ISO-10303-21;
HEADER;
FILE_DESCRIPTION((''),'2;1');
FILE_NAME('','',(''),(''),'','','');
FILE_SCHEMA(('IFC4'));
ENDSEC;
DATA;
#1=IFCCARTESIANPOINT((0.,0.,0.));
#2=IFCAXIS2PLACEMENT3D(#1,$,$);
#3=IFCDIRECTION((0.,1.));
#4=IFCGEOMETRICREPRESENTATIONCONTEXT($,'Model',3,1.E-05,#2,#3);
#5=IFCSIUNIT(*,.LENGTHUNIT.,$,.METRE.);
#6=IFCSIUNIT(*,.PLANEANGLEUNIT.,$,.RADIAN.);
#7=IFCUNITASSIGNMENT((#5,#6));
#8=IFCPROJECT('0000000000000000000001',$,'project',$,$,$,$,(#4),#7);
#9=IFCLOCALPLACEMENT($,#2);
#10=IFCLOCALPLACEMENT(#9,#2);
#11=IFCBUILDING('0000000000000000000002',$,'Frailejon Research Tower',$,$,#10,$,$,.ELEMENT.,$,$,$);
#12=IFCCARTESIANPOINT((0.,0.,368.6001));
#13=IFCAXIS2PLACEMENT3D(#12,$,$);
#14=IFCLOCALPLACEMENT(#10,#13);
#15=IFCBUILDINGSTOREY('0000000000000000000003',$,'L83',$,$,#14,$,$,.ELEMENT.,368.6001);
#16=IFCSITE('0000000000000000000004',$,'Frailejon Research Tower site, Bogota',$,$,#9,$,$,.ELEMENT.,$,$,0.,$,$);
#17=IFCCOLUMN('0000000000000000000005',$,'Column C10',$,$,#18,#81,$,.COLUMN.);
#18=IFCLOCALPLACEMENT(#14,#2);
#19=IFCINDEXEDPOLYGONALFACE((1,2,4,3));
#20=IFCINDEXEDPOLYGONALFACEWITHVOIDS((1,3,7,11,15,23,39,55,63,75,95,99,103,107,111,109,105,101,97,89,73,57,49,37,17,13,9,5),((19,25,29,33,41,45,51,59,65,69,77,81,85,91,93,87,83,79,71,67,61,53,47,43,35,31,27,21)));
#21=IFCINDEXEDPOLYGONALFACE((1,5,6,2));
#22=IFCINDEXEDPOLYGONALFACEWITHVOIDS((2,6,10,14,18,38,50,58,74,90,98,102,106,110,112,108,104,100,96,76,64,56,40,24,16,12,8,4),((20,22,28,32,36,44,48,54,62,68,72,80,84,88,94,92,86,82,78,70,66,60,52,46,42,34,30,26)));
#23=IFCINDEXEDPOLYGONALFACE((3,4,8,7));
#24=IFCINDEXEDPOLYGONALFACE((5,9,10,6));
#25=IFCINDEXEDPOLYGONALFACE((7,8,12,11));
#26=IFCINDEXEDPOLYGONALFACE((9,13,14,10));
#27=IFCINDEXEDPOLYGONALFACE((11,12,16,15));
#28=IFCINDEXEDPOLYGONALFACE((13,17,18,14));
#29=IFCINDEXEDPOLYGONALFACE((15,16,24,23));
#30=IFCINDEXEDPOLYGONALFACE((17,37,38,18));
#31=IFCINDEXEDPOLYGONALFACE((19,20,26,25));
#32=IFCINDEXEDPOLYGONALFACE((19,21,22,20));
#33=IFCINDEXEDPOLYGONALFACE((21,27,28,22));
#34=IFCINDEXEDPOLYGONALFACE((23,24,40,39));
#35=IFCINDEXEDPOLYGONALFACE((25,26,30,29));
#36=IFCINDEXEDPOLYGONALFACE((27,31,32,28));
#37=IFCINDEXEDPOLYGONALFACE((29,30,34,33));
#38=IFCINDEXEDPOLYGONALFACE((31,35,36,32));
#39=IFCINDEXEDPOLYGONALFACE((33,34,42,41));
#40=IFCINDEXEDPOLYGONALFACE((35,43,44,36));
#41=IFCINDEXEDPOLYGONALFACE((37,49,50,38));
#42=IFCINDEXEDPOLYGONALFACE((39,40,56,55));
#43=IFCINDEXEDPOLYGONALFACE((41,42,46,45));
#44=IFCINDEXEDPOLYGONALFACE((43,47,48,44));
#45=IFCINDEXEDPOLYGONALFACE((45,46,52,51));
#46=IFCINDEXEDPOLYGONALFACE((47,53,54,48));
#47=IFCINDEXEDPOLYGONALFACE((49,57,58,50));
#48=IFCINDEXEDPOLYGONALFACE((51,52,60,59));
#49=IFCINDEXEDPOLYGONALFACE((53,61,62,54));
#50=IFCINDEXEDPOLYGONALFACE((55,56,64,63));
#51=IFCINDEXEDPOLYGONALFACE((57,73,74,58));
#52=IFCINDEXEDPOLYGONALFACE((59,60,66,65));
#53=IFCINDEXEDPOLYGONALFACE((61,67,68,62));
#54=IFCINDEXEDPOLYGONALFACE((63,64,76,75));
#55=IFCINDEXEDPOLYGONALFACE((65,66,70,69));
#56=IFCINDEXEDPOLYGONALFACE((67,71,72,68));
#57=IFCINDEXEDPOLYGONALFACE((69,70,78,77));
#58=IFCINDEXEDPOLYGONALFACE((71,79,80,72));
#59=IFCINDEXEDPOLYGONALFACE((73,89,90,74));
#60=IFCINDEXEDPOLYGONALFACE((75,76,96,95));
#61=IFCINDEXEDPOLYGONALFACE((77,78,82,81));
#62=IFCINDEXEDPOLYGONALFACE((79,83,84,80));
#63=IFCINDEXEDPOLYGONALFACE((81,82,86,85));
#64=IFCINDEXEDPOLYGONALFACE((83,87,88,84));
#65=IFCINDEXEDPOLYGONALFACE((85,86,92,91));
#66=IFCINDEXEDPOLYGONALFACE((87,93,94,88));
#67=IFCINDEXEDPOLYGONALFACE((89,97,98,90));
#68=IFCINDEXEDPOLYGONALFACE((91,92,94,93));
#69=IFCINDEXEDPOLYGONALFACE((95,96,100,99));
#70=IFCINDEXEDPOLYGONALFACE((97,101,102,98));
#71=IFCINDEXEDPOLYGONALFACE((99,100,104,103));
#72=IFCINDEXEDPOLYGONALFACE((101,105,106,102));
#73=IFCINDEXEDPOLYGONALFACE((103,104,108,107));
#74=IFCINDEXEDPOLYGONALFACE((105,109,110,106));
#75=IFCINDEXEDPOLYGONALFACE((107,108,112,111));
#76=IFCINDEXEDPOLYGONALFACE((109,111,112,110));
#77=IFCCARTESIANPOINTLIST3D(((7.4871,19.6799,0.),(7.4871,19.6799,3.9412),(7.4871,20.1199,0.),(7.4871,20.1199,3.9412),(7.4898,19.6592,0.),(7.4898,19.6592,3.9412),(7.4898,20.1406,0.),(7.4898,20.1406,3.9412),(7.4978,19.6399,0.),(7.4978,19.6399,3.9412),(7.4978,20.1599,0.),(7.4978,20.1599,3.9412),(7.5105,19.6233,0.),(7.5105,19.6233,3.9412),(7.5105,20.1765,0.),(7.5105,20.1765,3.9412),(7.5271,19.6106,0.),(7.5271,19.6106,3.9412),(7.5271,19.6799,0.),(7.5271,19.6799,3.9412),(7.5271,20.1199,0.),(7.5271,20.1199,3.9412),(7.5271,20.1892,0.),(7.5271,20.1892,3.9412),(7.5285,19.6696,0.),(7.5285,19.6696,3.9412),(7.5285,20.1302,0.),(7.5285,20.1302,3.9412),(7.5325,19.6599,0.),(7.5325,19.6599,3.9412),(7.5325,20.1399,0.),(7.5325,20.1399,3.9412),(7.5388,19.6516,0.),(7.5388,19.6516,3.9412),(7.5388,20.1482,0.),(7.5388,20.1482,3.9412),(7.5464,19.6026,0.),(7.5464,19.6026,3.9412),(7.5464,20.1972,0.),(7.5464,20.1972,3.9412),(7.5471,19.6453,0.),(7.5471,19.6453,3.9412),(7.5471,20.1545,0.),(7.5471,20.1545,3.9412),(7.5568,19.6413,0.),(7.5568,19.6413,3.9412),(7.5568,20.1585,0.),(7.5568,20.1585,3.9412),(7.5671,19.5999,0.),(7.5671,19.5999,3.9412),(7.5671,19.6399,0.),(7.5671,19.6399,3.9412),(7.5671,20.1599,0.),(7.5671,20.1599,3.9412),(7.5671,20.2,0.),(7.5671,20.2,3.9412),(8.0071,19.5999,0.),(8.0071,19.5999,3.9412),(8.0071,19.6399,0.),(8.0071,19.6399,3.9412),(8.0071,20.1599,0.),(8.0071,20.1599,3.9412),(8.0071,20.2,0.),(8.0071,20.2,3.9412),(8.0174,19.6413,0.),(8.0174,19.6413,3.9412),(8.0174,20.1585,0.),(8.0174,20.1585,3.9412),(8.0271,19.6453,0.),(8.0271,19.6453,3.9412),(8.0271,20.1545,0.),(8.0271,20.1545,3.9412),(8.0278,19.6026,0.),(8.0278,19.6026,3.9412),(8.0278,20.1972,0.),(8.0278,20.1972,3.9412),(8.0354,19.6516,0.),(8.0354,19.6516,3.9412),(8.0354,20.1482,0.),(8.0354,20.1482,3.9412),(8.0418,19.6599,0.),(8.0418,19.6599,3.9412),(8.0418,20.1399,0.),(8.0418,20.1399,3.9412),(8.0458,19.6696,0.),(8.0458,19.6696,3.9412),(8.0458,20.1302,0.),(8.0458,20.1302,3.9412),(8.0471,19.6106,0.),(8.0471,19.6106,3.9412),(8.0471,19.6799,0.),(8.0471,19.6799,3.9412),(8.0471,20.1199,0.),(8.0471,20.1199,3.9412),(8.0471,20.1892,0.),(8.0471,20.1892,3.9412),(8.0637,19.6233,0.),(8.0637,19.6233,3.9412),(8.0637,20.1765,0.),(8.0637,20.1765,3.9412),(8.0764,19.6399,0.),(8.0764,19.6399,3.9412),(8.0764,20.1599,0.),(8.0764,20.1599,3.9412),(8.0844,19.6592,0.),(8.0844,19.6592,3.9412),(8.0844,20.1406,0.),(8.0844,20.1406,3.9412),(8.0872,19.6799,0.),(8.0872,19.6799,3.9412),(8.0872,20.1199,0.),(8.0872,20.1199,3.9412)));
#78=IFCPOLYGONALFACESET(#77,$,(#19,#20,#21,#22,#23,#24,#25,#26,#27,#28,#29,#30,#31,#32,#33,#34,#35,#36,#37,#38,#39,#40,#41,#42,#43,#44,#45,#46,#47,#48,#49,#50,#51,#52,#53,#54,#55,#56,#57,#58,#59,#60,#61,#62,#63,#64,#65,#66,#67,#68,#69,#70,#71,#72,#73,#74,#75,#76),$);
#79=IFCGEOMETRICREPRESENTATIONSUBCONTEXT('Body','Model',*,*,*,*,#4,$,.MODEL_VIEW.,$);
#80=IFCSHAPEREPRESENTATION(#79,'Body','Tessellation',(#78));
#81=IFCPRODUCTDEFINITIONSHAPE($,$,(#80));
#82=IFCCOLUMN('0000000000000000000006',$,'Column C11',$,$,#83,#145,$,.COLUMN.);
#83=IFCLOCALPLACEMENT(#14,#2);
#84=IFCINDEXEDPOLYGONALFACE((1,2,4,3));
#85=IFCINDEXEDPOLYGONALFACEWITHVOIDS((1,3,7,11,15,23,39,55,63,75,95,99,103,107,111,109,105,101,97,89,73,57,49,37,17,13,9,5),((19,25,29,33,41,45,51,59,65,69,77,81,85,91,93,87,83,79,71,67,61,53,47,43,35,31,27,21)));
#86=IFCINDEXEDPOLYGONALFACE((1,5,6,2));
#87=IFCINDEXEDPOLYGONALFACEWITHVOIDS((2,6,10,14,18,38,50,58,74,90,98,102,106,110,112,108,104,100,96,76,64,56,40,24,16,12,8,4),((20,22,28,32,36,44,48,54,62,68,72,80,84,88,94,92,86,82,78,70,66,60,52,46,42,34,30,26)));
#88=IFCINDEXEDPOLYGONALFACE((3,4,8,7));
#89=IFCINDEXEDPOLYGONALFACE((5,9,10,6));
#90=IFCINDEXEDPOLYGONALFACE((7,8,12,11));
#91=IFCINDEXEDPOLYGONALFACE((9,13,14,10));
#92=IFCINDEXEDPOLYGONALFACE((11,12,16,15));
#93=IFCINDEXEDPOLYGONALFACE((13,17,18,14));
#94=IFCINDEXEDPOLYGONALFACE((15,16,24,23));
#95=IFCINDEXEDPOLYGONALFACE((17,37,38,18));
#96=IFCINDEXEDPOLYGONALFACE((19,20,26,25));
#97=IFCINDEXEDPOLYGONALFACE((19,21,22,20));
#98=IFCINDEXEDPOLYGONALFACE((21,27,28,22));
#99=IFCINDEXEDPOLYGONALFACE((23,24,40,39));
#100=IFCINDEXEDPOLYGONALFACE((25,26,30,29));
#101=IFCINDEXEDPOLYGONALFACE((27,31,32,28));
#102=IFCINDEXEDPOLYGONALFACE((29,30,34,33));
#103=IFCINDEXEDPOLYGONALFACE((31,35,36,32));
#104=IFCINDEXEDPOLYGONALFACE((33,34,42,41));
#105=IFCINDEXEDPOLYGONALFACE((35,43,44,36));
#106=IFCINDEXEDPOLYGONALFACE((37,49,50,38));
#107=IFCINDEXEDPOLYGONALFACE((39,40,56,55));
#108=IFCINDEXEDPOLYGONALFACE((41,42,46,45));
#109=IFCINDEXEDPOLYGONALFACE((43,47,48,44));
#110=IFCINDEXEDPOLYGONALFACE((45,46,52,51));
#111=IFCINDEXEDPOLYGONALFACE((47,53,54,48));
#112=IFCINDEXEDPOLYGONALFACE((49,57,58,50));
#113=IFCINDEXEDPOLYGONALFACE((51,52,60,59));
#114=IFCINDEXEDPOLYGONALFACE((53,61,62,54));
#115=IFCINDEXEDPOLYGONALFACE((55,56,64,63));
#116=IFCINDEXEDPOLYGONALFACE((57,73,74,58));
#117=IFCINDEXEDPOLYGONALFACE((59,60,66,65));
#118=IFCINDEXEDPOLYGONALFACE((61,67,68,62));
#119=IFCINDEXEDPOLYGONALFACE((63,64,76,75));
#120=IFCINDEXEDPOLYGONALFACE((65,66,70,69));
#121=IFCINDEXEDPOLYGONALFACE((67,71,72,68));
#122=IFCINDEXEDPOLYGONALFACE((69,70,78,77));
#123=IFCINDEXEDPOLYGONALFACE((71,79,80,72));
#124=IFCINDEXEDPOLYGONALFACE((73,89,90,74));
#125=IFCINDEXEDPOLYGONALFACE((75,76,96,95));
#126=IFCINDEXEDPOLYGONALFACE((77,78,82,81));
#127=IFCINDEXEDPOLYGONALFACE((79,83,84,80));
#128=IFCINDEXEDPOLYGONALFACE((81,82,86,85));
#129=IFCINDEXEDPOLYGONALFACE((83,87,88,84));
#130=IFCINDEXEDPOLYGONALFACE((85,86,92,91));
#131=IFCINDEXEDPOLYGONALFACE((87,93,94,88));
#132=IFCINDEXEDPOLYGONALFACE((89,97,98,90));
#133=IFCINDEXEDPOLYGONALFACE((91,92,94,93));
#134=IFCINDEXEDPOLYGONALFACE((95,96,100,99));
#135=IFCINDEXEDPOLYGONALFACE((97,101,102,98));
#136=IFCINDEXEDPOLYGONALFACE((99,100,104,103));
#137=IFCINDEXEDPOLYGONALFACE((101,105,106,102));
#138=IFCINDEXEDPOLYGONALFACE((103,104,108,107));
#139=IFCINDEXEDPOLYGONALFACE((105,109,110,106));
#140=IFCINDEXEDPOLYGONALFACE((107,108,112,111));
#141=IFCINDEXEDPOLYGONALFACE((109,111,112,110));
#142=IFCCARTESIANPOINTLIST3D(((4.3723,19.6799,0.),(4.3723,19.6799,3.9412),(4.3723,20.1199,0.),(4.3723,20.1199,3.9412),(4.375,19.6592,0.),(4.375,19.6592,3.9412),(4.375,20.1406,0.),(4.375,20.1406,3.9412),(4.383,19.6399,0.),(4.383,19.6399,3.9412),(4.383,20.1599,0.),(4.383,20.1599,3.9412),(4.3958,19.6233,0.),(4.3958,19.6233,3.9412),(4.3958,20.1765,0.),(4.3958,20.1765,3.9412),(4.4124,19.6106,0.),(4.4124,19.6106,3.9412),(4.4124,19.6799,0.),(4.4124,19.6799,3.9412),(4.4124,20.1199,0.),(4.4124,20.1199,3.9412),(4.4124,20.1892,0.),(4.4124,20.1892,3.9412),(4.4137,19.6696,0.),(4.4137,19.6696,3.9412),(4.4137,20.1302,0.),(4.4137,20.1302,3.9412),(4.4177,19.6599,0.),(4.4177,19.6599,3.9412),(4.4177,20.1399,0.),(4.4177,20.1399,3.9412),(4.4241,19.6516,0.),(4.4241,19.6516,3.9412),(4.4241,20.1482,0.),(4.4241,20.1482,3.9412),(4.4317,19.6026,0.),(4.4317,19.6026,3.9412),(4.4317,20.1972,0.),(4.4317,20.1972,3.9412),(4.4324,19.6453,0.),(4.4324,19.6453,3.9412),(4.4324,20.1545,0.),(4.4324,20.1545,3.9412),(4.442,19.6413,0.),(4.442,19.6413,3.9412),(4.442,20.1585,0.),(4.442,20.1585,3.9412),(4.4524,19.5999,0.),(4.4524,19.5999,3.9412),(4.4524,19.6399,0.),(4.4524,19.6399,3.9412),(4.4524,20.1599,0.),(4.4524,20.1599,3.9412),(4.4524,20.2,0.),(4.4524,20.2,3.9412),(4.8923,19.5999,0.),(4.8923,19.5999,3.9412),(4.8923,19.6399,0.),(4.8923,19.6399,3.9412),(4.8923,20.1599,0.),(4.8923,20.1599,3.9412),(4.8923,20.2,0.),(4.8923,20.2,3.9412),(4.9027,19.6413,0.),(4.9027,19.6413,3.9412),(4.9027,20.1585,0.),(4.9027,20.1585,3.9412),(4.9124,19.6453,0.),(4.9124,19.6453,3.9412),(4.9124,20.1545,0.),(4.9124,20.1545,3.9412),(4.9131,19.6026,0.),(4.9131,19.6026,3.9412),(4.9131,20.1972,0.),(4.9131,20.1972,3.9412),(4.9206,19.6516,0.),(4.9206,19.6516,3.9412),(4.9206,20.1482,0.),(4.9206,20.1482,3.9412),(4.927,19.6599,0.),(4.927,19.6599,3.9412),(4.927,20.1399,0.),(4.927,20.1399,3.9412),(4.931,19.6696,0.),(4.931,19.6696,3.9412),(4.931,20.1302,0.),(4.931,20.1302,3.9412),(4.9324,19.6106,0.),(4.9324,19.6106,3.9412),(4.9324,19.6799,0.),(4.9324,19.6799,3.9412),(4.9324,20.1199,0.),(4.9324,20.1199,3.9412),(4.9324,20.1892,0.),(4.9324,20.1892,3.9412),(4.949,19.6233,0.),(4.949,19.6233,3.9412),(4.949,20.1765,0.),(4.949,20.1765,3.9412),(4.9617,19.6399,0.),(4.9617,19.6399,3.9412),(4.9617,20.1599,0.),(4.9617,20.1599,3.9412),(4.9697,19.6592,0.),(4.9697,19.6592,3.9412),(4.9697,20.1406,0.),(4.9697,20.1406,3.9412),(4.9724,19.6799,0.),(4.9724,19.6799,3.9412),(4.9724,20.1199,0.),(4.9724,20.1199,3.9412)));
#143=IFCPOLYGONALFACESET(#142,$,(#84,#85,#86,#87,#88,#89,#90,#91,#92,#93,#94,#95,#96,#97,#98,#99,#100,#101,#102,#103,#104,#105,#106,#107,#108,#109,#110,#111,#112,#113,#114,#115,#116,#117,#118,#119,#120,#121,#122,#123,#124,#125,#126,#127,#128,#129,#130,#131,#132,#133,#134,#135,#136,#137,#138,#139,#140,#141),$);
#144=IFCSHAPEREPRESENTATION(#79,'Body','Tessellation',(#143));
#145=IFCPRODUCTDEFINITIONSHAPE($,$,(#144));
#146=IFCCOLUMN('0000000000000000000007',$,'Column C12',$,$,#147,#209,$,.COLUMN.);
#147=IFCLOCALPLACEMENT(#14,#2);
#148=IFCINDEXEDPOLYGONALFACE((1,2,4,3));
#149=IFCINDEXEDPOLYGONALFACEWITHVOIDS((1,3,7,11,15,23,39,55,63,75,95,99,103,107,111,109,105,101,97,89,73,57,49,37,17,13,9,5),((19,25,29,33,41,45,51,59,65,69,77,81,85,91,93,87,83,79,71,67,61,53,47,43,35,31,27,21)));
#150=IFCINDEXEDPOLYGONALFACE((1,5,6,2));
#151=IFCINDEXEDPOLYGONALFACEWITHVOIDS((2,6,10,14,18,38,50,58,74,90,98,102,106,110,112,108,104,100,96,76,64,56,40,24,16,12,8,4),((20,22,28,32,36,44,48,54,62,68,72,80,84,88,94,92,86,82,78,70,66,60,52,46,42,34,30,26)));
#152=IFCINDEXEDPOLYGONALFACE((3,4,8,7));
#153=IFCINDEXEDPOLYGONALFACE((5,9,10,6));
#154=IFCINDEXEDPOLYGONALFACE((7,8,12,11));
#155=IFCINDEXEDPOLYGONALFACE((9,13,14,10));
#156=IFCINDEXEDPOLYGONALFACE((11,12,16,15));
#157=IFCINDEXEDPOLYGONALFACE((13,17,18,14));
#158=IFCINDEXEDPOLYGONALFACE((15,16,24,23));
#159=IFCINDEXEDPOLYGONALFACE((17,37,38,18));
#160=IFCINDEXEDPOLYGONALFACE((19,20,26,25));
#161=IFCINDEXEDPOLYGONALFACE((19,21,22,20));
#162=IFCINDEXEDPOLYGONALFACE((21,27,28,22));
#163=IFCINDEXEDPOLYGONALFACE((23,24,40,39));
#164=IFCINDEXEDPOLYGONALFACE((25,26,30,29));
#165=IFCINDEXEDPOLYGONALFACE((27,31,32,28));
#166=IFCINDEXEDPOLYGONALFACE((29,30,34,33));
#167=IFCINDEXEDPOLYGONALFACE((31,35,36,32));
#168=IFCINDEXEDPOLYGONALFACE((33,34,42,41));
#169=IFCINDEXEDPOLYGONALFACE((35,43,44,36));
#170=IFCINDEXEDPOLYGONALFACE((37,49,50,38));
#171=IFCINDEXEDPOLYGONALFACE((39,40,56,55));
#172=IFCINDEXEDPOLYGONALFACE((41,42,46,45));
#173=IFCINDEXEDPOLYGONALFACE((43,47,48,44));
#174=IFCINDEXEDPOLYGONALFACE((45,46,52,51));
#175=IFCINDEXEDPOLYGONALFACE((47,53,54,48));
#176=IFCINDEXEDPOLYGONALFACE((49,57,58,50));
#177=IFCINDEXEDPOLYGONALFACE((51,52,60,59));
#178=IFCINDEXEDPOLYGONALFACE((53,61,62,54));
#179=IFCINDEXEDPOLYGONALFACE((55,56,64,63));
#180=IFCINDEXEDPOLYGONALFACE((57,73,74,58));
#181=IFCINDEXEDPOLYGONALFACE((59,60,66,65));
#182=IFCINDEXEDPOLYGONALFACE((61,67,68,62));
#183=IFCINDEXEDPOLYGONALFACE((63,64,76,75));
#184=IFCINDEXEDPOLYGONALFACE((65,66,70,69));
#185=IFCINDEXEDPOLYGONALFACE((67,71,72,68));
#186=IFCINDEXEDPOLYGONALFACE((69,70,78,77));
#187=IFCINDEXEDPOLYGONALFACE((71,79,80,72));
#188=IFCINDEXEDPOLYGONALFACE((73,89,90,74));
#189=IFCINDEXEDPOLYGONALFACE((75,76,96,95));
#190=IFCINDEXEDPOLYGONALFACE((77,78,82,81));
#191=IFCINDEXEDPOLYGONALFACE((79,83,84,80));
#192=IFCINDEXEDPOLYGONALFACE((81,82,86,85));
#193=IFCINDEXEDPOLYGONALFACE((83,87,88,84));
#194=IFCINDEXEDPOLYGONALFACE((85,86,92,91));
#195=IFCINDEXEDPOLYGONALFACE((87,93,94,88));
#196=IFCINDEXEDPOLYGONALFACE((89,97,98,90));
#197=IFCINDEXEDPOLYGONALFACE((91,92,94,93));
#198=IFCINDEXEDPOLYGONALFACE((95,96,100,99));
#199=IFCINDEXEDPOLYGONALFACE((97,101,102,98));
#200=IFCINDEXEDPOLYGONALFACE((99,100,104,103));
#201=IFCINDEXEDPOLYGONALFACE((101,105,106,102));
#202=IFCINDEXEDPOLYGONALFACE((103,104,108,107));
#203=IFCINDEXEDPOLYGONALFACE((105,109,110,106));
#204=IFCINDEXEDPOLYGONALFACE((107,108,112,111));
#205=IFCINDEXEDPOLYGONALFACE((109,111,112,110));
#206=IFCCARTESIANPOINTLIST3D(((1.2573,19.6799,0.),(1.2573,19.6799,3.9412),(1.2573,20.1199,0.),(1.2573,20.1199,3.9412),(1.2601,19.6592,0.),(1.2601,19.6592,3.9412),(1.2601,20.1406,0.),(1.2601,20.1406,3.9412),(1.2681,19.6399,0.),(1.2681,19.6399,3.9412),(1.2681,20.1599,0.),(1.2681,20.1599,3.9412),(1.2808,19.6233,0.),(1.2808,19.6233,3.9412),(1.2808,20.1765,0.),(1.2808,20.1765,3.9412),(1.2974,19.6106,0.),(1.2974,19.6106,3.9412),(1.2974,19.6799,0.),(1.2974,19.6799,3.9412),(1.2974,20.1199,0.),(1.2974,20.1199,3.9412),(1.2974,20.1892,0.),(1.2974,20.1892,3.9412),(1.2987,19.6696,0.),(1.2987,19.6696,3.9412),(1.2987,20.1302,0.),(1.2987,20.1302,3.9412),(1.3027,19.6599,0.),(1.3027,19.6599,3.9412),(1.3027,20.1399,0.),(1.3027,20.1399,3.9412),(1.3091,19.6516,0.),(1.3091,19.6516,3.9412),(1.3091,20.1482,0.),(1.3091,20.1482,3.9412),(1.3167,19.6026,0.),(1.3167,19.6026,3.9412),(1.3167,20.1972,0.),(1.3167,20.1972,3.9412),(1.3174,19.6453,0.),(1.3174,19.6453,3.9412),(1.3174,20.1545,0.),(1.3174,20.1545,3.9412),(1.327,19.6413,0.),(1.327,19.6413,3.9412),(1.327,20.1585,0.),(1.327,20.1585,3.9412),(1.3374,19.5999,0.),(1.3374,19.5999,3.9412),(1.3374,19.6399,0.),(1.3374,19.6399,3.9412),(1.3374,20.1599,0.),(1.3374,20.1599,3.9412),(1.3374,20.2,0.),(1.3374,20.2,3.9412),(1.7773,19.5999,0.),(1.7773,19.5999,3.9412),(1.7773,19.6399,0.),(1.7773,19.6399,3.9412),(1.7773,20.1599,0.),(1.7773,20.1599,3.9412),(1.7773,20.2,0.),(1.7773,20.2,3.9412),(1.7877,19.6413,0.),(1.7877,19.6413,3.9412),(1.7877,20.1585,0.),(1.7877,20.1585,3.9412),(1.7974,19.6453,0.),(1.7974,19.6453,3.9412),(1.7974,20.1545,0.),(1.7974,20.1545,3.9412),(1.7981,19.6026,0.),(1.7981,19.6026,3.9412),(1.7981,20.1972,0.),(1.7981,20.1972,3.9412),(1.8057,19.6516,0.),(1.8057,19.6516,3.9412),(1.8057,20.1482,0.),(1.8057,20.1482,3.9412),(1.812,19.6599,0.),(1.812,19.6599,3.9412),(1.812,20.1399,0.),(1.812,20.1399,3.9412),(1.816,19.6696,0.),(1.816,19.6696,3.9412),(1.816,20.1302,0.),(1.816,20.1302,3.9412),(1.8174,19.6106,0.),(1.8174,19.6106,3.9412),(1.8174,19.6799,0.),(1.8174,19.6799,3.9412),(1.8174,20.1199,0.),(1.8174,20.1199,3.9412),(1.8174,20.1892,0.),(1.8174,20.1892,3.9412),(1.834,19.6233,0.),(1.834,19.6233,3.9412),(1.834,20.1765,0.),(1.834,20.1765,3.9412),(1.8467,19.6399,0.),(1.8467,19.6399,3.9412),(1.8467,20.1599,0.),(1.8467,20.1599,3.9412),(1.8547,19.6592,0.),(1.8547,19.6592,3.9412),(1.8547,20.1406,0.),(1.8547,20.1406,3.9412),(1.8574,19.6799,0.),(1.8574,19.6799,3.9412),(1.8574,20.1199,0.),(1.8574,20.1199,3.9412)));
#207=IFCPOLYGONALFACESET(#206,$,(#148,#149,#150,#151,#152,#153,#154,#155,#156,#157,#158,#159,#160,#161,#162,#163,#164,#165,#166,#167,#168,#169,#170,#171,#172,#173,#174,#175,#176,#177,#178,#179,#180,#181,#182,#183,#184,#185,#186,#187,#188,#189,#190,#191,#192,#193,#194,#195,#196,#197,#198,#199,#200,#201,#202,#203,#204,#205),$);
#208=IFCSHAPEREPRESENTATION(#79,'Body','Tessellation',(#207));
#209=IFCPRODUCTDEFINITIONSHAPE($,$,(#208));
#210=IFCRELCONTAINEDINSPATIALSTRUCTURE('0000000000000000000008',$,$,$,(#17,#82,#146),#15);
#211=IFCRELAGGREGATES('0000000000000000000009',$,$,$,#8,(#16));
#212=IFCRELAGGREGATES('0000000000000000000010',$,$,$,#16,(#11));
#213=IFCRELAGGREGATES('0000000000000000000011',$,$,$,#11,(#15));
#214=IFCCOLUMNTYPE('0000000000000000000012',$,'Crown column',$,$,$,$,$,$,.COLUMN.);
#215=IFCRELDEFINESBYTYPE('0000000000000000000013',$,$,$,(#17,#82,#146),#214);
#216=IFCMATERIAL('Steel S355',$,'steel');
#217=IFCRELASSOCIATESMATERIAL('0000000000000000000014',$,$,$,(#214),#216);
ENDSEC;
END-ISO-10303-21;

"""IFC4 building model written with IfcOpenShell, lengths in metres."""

from ifc_helpers import new_model, si_unit, direction, frame, origin, origin_2d, place, context, subcontext, project, spatial, hollow_rectangle, extrude, material, material_profile, profile_set, type_object, element, save


model = new_model("IFC4")

# Units and contexts
model_context = context("Model", 3, precision=1e-05, world=origin(), true_north=direction((0.0, 1.0)))
body_context = subcontext(model_context, "Body", "Model", "MODEL_VIEW")
ifc_project = project(units=[si_unit("LENGTHUNIT", "METRE"), si_unit("PLANEANGLEUNIT", "RADIAN")], contexts=[model_context])

# Site, building, storey
site_placement = place(None, origin())
site = spatial("IfcSite", under=ifc_project, at=site_placement, Name="Frailejon Research Tower site, Bogota", CompositionType="ELEMENT", RefElevation=0.0)
building_placement = place(site_placement, origin())
building = spatial("IfcBuilding", under=site, at=building_placement, Name="Frailejon Research Tower", CompositionType="ELEMENT")
storey_placement = place(building_placement, frame((0.0, 0.0, 368.6001)))
storey = spatial("IfcBuildingStorey", under=building, at=storey_placement, Name="L83", CompositionType="ELEMENT", Elevation=368.6001)

# Columns
ifc_material_1 = material(Name="Steel S355", Category="steel")
ifc_material_profile_1 = material_profile(ifc_material_1, hollow_rectangle(XDim=0.6001, YDim=0.6001, WallThickness=0.04, InnerFilletRadius=0.04, OuterFilletRadius=0.0801, at=origin_2d()), Name="Crown column")
ifc_profile_set_1 = profile_set([ifc_material_profile_1], Name="Steel S355")
column_type = type_object("IfcColumnType", Name="Crown column", PredefinedType="COLUMN", material=ifc_profile_set_1)
for number, where, z_axis, x_axis, name in (
    (1, (7.7871, 19.8999, 0.0), (0.0, 0.0, 1.0), (-1.0, 0.0, 0.0), "Column C10"),
    (2, (4.6724, 19.8999, 0.0), (0.0, 0.0, 1.0), (-1.0, 0.0, 0.0), "Column C11"),
    (3, (1.5574, 19.8999, 0.0), (0.0, 0.0, 1.0), (-1.0, 0.0, 0.0), "Column C12"),
):
    element("IfcColumn", number, at=place(storey_placement, frame(where, z_axis=z_axis, x_axis=x_axis)), inside=storey, type_object=column_type, Name=name, PredefinedType="COLUMN", context=body_context, shape_type="SweptSolid", body=[
        extrude(hollow_rectangle(XDim=0.6001, YDim=0.6001, WallThickness=0.04, InnerFilletRadius=0.04, OuterFilletRadius=0.0801, at=origin_2d()), origin(), (0.0, 0.0, 1.0), 3.9412),
    ])

save(model, "model.ifc")
